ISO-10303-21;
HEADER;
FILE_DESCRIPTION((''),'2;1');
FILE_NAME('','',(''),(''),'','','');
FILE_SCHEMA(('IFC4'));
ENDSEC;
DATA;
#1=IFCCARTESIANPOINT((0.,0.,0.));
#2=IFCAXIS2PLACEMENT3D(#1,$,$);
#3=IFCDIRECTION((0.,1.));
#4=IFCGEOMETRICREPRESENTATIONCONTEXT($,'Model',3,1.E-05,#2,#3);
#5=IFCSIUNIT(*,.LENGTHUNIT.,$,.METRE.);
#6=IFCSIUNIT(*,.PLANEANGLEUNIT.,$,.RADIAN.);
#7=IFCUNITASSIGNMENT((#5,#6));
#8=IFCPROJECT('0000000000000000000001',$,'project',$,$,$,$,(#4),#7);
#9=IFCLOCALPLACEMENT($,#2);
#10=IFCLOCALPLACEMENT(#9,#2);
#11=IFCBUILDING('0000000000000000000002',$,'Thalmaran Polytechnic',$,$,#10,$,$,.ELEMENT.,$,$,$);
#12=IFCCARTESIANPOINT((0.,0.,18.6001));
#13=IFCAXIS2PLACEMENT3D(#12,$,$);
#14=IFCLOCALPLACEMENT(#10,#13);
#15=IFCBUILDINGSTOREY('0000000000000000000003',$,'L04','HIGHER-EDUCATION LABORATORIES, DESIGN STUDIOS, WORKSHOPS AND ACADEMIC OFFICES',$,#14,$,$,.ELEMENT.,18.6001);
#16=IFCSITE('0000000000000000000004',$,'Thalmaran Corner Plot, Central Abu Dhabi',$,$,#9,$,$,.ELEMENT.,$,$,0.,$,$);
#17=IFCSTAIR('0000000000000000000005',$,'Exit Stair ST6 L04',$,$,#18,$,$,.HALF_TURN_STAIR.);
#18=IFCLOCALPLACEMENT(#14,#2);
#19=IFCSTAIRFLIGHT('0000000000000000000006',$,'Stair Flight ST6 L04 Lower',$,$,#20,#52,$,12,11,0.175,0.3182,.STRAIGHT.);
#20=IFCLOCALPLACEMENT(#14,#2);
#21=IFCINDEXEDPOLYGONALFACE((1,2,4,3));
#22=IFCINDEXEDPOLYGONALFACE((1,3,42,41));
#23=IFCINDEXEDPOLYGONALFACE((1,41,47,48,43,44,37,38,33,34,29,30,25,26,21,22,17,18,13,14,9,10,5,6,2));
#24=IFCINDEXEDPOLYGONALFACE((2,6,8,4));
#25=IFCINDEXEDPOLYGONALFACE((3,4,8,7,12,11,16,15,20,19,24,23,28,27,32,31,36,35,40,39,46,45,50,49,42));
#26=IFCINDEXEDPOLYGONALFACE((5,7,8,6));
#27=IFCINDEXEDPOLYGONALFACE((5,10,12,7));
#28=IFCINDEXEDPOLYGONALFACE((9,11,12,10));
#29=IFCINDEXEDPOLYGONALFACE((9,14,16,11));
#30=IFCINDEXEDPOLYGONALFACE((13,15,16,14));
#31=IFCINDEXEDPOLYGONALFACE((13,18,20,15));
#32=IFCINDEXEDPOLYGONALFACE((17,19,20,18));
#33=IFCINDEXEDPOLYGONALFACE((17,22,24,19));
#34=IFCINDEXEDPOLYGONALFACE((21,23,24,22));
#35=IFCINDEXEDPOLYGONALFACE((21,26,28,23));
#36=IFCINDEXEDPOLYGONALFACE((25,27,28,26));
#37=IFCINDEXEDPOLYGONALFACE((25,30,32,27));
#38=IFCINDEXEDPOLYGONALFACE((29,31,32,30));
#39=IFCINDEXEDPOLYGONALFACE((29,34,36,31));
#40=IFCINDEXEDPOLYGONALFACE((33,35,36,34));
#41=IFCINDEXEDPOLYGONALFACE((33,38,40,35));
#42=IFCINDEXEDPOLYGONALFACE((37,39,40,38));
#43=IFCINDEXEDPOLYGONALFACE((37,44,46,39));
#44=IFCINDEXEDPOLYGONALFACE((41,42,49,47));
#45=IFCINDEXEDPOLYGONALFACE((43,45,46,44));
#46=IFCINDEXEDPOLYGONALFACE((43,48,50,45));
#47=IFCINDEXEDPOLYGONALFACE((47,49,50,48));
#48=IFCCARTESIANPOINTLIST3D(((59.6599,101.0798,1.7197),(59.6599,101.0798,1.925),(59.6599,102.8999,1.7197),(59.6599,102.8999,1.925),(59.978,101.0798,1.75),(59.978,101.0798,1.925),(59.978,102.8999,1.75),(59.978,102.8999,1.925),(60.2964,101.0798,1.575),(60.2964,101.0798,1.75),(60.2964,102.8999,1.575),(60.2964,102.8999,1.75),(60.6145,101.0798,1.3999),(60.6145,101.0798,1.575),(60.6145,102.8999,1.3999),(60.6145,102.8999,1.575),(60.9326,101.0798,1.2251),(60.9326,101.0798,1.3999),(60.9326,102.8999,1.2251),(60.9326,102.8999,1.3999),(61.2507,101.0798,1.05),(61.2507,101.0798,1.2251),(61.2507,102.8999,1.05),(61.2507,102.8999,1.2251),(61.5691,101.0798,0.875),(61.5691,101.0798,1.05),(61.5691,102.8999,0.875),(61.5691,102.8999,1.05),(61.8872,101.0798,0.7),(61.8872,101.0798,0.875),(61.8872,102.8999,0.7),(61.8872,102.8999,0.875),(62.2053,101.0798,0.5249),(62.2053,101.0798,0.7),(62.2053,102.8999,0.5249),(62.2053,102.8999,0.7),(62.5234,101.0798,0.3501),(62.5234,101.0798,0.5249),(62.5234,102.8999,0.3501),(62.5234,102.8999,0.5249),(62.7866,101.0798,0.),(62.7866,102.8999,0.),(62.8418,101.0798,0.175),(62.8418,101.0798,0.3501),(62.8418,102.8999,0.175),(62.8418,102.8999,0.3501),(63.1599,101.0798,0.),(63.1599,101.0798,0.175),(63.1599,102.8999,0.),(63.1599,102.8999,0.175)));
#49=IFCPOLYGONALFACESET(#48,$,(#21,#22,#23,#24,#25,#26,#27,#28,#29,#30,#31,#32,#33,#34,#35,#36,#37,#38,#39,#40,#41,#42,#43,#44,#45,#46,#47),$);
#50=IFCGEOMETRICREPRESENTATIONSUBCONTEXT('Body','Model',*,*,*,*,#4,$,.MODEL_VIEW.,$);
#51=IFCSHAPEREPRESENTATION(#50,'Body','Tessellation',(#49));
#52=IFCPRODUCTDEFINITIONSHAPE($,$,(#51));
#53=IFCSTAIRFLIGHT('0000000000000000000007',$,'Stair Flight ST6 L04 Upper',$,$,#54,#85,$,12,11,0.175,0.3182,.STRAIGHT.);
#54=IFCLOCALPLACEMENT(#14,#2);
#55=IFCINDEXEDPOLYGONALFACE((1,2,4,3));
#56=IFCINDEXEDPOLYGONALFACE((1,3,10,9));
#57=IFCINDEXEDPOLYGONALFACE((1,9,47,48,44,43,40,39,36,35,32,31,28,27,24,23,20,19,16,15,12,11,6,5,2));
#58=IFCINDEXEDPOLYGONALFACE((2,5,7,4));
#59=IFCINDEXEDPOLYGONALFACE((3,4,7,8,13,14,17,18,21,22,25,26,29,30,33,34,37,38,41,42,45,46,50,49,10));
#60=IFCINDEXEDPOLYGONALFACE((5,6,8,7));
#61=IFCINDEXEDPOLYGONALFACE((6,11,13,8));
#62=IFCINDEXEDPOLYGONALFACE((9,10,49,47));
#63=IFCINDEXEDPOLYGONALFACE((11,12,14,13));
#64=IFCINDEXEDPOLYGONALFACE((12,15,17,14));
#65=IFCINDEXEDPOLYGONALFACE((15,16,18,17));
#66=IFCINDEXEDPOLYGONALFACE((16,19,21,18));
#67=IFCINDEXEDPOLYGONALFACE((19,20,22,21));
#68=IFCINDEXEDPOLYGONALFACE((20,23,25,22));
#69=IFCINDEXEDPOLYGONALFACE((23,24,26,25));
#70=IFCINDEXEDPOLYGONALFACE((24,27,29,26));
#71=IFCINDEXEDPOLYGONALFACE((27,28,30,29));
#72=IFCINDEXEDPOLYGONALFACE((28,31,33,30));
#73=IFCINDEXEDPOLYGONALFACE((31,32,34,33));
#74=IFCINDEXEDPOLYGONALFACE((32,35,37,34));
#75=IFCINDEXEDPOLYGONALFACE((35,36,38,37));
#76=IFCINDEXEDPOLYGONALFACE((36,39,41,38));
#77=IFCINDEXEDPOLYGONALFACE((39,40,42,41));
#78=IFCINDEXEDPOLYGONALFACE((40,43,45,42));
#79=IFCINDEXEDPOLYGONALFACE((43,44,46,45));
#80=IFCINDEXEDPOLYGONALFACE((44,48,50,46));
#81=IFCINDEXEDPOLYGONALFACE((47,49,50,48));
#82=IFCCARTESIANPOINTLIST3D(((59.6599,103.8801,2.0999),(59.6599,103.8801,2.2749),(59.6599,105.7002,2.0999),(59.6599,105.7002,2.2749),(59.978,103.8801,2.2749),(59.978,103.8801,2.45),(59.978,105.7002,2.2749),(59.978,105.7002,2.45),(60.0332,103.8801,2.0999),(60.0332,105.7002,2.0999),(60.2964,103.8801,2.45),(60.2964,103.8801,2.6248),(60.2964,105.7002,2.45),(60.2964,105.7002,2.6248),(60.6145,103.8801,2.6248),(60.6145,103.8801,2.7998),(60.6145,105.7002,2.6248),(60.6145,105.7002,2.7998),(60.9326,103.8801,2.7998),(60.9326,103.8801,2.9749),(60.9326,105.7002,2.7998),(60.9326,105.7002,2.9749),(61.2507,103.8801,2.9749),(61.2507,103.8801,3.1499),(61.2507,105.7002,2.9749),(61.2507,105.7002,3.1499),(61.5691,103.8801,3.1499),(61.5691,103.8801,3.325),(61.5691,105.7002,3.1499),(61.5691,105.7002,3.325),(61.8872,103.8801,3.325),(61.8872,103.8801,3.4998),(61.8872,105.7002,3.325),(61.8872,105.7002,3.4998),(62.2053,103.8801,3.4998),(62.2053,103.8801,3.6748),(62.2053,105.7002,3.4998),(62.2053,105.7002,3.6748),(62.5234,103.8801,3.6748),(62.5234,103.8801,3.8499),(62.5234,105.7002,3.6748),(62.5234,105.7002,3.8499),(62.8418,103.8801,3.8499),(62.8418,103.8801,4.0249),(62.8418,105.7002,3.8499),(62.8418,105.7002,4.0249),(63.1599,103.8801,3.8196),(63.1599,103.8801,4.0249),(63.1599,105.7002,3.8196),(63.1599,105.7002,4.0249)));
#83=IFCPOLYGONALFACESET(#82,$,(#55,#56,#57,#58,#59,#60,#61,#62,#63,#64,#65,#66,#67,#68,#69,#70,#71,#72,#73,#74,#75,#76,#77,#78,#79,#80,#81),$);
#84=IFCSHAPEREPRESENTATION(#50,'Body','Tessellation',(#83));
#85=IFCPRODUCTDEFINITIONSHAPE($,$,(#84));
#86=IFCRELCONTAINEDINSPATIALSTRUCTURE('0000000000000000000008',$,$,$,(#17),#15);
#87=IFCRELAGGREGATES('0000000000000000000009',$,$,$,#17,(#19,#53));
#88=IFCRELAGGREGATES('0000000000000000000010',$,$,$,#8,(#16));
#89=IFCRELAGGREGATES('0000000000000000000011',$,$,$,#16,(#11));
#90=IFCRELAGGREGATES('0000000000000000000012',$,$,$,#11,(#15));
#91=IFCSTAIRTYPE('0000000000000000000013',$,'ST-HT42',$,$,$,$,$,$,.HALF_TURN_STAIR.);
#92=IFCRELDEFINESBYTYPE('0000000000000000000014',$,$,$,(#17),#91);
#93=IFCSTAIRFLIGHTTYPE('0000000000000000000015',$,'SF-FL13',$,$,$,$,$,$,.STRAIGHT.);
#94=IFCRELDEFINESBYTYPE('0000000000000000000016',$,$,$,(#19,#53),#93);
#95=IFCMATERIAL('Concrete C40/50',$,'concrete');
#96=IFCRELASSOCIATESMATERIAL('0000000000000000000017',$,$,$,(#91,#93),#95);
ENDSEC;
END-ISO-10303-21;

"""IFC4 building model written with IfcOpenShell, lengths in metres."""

from ifc_helpers import new_model, si_unit, direction, frame, origin, place, context, subcontext, project, spatial, polyline, outline, extrude, material, type_object, element, aggregate, save


model = new_model("IFC4")

# Units and contexts
model_context = context("Model", 3, precision=1e-05, world=origin(), true_north=direction((0.0, 1.0)))
body_context = subcontext(model_context, "Body", "Model", "MODEL_VIEW")
ifc_project = project(units=[si_unit("LENGTHUNIT", "METRE"), si_unit("PLANEANGLEUNIT", "RADIAN")], contexts=[model_context])

# Site, building, storey
site_placement = place(None, origin())
site = spatial("IfcSite", under=ifc_project, at=site_placement, Name="Thalmaran Corner Plot, Central Abu Dhabi", CompositionType="ELEMENT", RefElevation=0.0)
building_placement = place(site_placement, origin())
building = spatial("IfcBuilding", under=site, at=building_placement, Name="Thalmaran Polytechnic", CompositionType="ELEMENT")
storey_placement = place(building_placement, frame((0.0, 0.0, 18.6001)))
storey = spatial("IfcBuildingStorey", under=building, at=storey_placement, Name="L04", Description="HIGHER-EDUCATION LABORATORIES, DESIGN STUDIOS, WORKSHOPS AND ACADEMIC OFFICES", CompositionType="ELEMENT", Elevation=18.6001)

# Shared definitions
ifc_material_1 = material(Name="Concrete C40/50", Category="concrete")

# Stair, stair flights
stair_type = type_object("IfcStairType", Name="ST-HT42", PredefinedType="HALF_TURN_STAIR", material=ifc_material_1)
stair_placement = place(storey_placement, origin())
stair = element("IfcStair", 1, at=stair_placement, inside=storey, type_object=stair_type, Name="Exit Stair ST6 L04", PredefinedType="HALF_TURN_STAIR")
stair_flight_type = type_object("IfcStairFlightType", Name="SF-FL13", PredefinedType="STRAIGHT", material=ifc_material_1)
stair_flight_1_placement = place(storey_placement, frame((63.1599, 101.99, 0.0), z_axis=(0.0, 0.0, 1.0), x_axis=(-1.0, 0.0, 0.0)))
stair_flight_1 = element("IfcStairFlight", 2, at=stair_flight_1_placement, type_object=stair_flight_type, Name="Stair Flight ST6 L04 Lower", NumberOfRisers=12, NumberOfTreads=11, PredefinedType="STRAIGHT", RiserHeight=0.175, TreadLength=0.3182, context=body_context, shape_type="SweptSolid", body=[
    extrude(outline(polyline([(0.0, 0.0), (0.0, 0.175), (0.3181, 0.175), (0.3181, 0.3501), (0.6365, 0.3501), (0.6365, 0.5249), (0.9546, 0.5249), (0.9546, 0.7), (1.2727, 0.7), (1.2727, 0.875), (1.5908, 0.875), (1.5908, 1.05), (1.9092, 1.05), (1.9092, 1.2251), (2.2273, 1.2251), (2.2273, 1.3999), (2.5454, 1.3999), (2.5454, 1.575), (2.8635, 1.575), (2.8635, 1.75), (3.1819, 1.75), (3.1819, 1.925), (3.5, 1.925), (3.5, 2.1001), (3.5, 1.7197), (0.3733, 0.0), (0.0, 0.0)])), frame((0.0, 0.9102, 0.0), z_axis=(0.0, -1.0, 0.0), x_axis=(1.0, 0.0, 0.0)), (0.0, 0.0, 1.0), 1.8201),
])
stair_flight_2_placement = place(storey_placement, frame((59.6599, 104.79, 2.0999), z_axis=(0.0, 0.0, 1.0), x_axis=(1.0, 0.0, 0.0)))
stair_flight_2 = element("IfcStairFlight", 3, at=stair_flight_2_placement, type_object=stair_flight_type, Name="Stair Flight ST6 L04 Upper", NumberOfRisers=12, NumberOfTreads=11, PredefinedType="STRAIGHT", RiserHeight=0.175, TreadLength=0.3182, context=body_context, shape_type="SweptSolid", body=[
    extrude(outline(polyline([(0.0, 0.0), (0.0, 0.175), (0.3181, 0.175), (0.3181, 0.3501), (0.6365, 0.3501), (0.6365, 0.5249), (0.9546, 0.5249), (0.9546, 0.7), (1.2727, 0.7), (1.2727, 0.875), (1.5908, 0.875), (1.5908, 1.05), (1.9092, 1.05), (1.9092, 1.2251), (2.2273, 1.2251), (2.2273, 1.3999), (2.5454, 1.3999), (2.5454, 1.575), (2.8635, 1.575), (2.8635, 1.75), (3.1819, 1.75), (3.1819, 1.925), (3.5, 1.925), (3.5, 2.1001), (3.5, 1.7197), (0.3733, 0.0), (0.0, 0.0)])), frame((0.0, 0.9102, 0.0), z_axis=(0.0, -1.0, 0.0), x_axis=(1.0, 0.0, 0.0)), (0.0, 0.0, 1.0), 1.8201),
])
aggregate(stair, [stair_flight_1, stair_flight_2])

save(model, "model.ifc")
